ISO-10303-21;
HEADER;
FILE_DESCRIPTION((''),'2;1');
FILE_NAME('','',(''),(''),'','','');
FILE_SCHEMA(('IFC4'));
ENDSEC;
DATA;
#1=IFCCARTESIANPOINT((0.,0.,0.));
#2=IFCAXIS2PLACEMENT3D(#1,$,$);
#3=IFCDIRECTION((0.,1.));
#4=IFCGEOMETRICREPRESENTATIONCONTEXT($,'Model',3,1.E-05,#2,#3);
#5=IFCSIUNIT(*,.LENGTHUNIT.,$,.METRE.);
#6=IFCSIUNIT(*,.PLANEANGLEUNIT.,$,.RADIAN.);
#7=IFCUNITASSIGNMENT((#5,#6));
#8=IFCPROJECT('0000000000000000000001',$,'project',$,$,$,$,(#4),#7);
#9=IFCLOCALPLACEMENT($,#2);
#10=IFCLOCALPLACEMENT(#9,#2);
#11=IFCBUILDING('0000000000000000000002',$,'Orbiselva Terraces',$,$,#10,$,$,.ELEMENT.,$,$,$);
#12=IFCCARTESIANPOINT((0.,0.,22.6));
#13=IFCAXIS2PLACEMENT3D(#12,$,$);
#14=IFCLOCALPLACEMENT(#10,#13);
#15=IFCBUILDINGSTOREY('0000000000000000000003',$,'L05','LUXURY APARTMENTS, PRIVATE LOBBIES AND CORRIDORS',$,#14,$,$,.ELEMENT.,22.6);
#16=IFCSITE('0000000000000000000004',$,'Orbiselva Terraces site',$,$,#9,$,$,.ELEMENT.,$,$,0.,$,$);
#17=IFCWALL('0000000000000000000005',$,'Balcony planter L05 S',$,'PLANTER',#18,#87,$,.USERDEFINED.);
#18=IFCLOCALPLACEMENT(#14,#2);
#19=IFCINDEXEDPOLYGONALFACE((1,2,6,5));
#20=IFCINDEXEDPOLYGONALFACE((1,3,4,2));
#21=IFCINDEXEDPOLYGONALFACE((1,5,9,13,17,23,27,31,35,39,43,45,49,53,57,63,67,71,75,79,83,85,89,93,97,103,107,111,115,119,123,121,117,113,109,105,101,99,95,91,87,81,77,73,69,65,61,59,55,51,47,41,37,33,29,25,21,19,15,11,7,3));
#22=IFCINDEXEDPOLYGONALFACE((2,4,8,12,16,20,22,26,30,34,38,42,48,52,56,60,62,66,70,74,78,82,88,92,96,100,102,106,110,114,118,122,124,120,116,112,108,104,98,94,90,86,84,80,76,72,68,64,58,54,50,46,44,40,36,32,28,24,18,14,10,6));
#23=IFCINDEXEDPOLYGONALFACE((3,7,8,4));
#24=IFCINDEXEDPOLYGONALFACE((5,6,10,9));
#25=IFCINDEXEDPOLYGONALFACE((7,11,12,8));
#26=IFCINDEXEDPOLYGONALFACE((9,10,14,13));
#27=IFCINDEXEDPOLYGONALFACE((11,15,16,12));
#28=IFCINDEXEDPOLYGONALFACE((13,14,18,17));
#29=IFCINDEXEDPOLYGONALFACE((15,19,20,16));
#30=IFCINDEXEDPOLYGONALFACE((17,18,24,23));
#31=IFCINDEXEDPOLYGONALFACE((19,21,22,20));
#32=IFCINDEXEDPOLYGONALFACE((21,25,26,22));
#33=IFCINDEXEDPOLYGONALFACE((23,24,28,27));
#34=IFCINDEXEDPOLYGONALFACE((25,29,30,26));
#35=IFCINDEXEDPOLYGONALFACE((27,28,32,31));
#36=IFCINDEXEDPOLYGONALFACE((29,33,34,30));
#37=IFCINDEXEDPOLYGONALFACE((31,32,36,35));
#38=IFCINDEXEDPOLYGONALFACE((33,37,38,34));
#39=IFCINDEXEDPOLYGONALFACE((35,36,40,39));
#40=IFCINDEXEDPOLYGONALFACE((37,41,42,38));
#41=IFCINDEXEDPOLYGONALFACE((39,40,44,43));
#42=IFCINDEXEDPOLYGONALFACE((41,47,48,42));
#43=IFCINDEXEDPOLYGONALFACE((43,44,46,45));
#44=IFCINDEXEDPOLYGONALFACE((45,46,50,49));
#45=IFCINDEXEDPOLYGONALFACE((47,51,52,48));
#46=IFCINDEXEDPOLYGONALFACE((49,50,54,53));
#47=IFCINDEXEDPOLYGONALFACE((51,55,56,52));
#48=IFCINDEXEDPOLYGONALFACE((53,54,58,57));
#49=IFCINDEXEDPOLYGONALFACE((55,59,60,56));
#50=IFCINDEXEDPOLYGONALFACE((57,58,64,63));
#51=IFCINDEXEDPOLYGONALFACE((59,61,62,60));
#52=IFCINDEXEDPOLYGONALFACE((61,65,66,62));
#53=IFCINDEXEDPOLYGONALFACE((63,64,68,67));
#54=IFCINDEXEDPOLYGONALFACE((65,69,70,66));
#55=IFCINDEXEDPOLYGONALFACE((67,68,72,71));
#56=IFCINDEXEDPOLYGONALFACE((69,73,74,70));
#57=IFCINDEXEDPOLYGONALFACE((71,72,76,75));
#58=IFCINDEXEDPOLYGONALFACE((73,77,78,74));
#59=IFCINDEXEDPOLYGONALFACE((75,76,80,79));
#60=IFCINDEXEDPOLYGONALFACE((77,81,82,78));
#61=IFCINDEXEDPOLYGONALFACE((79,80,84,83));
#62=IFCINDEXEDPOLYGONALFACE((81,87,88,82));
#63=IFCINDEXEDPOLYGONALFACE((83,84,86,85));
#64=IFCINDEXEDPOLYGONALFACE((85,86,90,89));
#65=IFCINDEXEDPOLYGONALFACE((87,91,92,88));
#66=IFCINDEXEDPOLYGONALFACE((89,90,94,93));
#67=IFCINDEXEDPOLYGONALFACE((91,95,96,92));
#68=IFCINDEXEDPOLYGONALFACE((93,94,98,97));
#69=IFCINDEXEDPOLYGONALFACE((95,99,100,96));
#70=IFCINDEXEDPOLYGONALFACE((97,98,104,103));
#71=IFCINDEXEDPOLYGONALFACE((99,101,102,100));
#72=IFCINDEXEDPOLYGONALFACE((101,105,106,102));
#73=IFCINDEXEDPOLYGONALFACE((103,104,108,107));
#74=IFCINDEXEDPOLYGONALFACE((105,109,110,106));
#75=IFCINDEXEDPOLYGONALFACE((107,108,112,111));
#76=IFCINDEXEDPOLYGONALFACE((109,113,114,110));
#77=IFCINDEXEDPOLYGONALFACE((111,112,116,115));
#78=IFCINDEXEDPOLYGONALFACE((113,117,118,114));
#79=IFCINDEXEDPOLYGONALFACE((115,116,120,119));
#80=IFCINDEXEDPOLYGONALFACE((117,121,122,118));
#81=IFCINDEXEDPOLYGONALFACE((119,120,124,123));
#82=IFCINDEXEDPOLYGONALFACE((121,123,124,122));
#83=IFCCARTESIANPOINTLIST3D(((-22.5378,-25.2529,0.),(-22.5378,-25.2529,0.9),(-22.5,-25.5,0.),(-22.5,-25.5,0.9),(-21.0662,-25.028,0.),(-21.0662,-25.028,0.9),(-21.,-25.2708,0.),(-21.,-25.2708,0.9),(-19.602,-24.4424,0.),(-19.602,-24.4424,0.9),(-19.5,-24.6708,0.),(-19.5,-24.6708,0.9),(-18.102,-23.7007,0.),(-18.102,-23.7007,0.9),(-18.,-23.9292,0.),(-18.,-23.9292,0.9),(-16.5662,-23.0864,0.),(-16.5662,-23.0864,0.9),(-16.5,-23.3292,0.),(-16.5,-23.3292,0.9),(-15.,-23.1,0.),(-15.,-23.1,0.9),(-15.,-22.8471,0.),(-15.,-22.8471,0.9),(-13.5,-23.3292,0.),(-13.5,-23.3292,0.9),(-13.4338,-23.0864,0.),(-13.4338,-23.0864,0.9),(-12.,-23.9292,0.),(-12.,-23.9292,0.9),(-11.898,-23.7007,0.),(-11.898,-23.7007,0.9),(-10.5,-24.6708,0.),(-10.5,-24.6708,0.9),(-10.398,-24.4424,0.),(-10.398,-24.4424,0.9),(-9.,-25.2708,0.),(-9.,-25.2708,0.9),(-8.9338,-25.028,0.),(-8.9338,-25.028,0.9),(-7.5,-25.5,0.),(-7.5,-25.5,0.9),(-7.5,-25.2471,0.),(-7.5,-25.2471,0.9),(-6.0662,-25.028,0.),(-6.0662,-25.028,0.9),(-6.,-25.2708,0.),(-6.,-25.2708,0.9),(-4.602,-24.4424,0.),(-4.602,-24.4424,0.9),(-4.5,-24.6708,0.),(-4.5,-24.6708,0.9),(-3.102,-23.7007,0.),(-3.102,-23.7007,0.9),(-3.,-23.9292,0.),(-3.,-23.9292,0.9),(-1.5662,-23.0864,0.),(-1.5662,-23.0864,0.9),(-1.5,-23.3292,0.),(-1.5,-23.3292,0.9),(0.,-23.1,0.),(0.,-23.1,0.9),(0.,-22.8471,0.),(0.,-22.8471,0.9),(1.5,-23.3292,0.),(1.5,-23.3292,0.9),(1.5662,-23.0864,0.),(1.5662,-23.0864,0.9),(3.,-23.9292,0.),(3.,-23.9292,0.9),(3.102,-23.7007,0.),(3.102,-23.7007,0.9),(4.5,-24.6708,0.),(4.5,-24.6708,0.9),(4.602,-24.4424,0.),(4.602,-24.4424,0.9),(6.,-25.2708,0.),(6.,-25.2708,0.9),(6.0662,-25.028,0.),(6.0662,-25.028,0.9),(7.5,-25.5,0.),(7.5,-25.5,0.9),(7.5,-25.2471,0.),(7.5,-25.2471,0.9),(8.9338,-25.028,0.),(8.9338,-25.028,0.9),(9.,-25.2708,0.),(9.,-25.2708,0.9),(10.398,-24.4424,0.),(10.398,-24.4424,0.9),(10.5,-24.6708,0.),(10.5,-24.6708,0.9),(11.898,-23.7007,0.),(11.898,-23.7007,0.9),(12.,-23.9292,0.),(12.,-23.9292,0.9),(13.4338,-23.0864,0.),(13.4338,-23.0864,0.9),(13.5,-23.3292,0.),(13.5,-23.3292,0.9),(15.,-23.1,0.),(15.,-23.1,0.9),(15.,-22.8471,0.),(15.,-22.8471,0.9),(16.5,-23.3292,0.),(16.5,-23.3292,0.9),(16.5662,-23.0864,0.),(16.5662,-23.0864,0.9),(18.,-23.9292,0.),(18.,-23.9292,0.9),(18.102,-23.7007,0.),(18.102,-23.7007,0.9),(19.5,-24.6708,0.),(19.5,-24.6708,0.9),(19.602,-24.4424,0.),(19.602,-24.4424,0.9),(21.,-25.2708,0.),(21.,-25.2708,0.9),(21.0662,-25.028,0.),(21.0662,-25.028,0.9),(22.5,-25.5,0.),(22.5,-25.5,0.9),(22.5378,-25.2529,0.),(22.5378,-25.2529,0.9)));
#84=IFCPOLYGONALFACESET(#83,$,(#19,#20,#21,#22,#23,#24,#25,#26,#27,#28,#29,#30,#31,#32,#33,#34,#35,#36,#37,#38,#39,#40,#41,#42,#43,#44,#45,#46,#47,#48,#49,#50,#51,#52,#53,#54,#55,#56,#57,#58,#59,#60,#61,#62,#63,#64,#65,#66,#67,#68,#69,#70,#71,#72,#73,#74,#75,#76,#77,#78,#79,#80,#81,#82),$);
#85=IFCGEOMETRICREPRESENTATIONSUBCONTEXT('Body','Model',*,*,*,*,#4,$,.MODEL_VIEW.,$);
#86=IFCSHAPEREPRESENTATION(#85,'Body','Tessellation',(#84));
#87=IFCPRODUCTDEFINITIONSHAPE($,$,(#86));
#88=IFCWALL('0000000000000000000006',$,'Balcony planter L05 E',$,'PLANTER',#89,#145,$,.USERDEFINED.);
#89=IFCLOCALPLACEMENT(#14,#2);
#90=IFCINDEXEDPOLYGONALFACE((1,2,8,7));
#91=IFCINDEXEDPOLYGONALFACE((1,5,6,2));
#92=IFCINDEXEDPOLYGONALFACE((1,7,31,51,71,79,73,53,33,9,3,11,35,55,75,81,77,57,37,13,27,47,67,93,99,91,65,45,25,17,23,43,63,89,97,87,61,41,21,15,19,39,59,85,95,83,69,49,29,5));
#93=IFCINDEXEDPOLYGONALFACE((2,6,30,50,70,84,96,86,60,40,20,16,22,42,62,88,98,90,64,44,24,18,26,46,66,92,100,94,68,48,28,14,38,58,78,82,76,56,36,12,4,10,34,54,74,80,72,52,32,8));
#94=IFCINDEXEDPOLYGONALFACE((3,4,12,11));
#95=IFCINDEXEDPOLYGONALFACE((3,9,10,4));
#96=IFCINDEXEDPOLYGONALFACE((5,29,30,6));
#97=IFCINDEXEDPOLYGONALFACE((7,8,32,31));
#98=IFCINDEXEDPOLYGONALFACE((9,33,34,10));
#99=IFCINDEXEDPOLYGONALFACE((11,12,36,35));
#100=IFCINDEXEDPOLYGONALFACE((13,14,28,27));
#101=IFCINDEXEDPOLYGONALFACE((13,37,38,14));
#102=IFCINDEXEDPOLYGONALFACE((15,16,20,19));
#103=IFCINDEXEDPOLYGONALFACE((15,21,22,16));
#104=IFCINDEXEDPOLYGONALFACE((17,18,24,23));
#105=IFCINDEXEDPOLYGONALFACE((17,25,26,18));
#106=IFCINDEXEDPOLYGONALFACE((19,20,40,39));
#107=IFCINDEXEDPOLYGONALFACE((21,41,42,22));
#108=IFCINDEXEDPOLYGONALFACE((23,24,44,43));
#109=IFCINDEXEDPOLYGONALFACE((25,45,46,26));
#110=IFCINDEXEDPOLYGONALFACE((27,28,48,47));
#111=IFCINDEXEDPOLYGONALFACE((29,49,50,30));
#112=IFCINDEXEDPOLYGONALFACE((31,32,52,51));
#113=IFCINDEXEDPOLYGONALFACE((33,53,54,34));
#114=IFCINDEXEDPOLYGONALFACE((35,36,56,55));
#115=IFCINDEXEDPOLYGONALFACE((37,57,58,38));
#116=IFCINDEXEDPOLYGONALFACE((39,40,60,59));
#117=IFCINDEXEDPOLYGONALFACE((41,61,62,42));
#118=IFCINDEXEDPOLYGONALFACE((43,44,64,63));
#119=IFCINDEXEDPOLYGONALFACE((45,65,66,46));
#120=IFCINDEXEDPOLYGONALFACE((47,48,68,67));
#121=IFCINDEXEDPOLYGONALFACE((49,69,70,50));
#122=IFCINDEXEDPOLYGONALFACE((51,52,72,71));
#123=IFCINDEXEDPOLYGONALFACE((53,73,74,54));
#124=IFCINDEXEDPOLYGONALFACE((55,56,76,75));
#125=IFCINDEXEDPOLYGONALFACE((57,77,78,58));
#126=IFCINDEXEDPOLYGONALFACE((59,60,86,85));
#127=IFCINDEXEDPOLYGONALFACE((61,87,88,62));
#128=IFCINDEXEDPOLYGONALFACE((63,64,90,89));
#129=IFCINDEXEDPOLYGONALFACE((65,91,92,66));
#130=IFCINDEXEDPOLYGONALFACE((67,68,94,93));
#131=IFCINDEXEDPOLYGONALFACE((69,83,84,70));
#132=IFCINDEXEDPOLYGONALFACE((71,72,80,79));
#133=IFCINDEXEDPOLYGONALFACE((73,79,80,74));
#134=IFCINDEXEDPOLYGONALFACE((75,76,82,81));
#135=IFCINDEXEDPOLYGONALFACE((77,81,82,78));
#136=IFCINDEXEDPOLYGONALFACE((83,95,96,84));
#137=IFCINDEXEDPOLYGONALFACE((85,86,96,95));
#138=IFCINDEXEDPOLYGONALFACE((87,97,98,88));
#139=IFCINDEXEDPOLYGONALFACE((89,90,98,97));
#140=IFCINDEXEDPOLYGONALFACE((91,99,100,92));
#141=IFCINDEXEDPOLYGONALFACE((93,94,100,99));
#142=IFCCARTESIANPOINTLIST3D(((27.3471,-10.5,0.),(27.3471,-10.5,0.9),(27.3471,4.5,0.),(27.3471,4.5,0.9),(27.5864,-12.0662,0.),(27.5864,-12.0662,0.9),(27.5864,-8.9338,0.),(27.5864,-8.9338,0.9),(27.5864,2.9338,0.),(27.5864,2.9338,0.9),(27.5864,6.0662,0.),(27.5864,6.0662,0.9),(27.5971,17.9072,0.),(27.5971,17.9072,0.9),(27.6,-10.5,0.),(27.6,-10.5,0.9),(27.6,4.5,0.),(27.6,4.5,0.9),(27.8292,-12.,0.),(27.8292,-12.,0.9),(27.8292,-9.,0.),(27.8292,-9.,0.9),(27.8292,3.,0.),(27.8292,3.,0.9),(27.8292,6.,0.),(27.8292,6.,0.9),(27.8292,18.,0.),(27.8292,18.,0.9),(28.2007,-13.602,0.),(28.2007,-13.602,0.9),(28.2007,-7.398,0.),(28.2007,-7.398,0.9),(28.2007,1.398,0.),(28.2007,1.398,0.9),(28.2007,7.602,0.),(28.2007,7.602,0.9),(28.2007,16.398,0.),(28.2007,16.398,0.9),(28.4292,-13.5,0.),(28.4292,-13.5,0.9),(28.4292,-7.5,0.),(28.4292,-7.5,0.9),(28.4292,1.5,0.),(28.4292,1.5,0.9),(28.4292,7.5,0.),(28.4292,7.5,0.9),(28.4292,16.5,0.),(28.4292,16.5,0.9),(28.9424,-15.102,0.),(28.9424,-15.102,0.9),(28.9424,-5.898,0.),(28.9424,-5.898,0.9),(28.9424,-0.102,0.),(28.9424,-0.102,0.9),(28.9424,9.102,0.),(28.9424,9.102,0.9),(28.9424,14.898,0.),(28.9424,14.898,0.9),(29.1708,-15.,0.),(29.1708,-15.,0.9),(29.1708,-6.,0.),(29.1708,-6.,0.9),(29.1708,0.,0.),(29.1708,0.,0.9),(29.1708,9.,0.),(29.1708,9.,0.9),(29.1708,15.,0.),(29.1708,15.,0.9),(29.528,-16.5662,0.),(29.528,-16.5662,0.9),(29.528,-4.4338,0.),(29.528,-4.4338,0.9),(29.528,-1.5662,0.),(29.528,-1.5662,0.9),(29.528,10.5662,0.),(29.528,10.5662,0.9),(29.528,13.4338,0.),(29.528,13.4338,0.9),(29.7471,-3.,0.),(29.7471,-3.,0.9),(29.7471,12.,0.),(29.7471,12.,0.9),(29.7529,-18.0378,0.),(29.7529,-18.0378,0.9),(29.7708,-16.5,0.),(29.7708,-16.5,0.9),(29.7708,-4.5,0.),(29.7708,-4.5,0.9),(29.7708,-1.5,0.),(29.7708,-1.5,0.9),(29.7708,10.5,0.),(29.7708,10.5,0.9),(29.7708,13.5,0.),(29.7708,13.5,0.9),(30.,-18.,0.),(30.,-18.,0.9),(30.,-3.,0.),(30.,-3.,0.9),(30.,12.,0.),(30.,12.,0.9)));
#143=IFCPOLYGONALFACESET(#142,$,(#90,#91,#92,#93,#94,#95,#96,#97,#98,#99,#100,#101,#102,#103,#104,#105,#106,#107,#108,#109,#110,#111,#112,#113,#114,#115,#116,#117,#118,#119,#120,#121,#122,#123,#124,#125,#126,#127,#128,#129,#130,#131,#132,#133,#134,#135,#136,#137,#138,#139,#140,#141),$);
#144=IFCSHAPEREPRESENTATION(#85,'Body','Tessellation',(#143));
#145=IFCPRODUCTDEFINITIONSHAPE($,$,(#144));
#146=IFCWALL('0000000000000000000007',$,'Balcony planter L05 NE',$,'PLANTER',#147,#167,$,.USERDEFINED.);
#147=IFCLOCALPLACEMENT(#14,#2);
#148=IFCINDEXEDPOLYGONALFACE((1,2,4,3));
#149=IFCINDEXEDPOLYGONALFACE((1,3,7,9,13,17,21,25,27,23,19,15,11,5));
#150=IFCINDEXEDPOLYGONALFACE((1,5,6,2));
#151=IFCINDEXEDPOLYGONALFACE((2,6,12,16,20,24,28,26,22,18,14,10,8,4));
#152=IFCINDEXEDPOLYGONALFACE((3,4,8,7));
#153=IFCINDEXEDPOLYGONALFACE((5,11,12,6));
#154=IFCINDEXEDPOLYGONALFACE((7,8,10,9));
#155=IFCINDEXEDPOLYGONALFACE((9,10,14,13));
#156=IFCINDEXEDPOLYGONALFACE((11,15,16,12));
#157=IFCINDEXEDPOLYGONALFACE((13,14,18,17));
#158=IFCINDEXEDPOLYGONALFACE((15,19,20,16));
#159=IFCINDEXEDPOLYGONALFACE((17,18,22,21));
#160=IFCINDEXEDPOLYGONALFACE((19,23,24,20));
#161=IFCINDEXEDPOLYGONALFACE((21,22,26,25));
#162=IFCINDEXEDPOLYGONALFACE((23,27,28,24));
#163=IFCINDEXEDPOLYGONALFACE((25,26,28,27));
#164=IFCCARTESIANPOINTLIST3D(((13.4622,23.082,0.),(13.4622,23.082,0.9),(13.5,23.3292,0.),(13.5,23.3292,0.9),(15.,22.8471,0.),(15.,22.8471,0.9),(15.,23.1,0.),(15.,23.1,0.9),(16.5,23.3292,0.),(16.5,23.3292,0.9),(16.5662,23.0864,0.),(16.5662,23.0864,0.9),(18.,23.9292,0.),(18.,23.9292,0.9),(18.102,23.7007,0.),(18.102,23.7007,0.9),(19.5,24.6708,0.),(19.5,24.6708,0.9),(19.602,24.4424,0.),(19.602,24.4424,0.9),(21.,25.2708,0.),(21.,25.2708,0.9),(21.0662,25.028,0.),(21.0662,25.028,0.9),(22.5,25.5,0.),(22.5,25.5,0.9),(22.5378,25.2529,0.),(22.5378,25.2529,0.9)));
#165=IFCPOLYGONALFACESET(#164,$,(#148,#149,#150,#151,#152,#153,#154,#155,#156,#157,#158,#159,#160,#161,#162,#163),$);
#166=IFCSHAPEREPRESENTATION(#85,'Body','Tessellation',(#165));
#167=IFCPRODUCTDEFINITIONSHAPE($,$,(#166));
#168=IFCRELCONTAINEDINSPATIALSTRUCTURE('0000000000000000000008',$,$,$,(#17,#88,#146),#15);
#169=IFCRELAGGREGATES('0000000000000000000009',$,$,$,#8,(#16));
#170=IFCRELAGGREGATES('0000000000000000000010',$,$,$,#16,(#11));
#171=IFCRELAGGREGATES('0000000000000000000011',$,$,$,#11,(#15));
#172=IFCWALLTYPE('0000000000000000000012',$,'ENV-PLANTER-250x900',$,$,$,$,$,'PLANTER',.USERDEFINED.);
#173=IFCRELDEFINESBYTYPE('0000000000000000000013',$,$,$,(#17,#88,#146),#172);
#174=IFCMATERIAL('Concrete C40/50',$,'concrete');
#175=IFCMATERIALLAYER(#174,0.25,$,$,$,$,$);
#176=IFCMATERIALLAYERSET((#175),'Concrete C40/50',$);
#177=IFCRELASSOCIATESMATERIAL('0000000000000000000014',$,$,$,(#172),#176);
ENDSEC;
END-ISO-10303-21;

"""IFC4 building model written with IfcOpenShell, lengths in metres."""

from ifc_helpers import new_model, si_unit, direction, frame, origin, place, context, subcontext, project, spatial, polyline, outline, extrude, material, layer, layer_set, type_object, element, save


model = new_model("IFC4")

# Units and contexts
model_context = context("Model", 3, precision=1e-05, world=origin(), true_north=direction((0.0, 1.0)))
body_context = subcontext(model_context, "Body", "Model", "MODEL_VIEW")
ifc_project = project(units=[si_unit("LENGTHUNIT", "METRE"), si_unit("PLANEANGLEUNIT", "RADIAN")], contexts=[model_context])

# Site, building, storey
site_placement = place(None, origin())
site = spatial("IfcSite", under=ifc_project, at=site_placement, Name="Orbiselva Terraces site", CompositionType="ELEMENT", RefElevation=0.0)
building_placement = place(site_placement, origin())
building = spatial("IfcBuilding", under=site, at=building_placement, Name="Orbiselva Terraces", CompositionType="ELEMENT")
storey_placement = place(building_placement, frame((0.0, 0.0, 22.6)))
storey = spatial("IfcBuildingStorey", under=building, at=storey_placement, Name="L05", Description="LUXURY APARTMENTS, PRIVATE LOBBIES AND CORRIDORS", CompositionType="ELEMENT", Elevation=22.6)

# Shared definitions
ifc_material_1 = material(Name="Concrete C40/50", Category="concrete")

# Walls
ifc_layer_1 = layer(ifc_material_1, 0.25)
ifc_layer_set_1 = layer_set([ifc_layer_1], Name="Concrete C40/50")
wall_type_1 = type_object("IfcWallType", Name="ENV-PLANTER-250x900", ElementType="PLANTER", PredefinedType="USERDEFINED", material=ifc_layer_set_1)
wall_1_placement = place(storey_placement, origin())
element("IfcWall", 1, at=wall_1_placement, inside=storey, type_object=wall_type_1, Name="Balcony planter L05 S", ObjectType="PLANTER", PredefinedType="USERDEFINED", context=body_context, shape_type="SweptSolid", body=[
    extrude(outline(polyline([(-22.5, -25.5), (-21.0, -25.2708), (-19.5, -24.6708), (-18.0, -23.9292), (-16.5, -23.3292), (-15.0, -23.1), (-13.5, -23.3292), (-12.0, -23.9292), (-10.5, -24.6708), (-9.0, -25.2708), (-7.5, -25.5), (-6.0, -25.2708), (-4.5, -24.6708), (-3.0, -23.9292), (-1.5, -23.3292), (0.0, -23.1), (1.5, -23.3292), (3.0, -23.9292), (4.5, -24.6708), (6.0, -25.2708), (7.5, -25.5), (9.0, -25.2708), (10.5, -24.6708), (12.0, -23.9292), (13.5, -23.3292), (15.0, -23.1), (16.5, -23.3292), (18.0, -23.9292), (19.5, -24.6708), (21.0, -25.2708), (22.5, -25.5), (22.5378, -25.2529), (21.0662, -25.028), (19.602, -24.4424), (18.102, -23.7007), (16.5662, -23.0864), (15.0, -22.8471), (13.4338, -23.0864), (11.898, -23.7007), (10.398, -24.4424), (8.9338, -25.028), (7.5, -25.2471), (6.0662, -25.028), (4.602, -24.4424), (3.102, -23.7007), (1.5662, -23.0864), (0.0, -22.8471), (-1.5662, -23.0864), (-3.102, -23.7007), (-4.602, -24.4424), (-6.0662, -25.028), (-7.5, -25.2471), (-8.9338, -25.028), (-10.398, -24.4424), (-11.898, -23.7007), (-13.4338, -23.0864), (-15.0, -22.8471), (-16.5662, -23.0864), (-18.102, -23.7007), (-19.602, -24.4424), (-21.0662, -25.028), (-22.5378, -25.2529), (-22.5, -25.5)])), origin(), (0.0, 0.0, 1.0), 0.9),
])
wall_2_placement = place(storey_placement, origin())
element("IfcWall", 2, at=wall_2_placement, inside=storey, type_object=wall_type_1, Name="Balcony planter L05 E", ObjectType="PLANTER", PredefinedType="USERDEFINED", context=body_context, shape_type="SweptSolid", body=[
    extrude(outline(polyline([(30.0, -18.0), (29.7708, -16.5), (29.1708, -15.0), (28.4292, -13.5), (27.8292, -12.0), (27.6, -10.5), (27.8292, -9.0), (28.4292, -7.5), (29.1708, -6.0), (29.7708, -4.5), (30.0, -3.0), (29.7708, -1.5), (29.1708, 0.0), (28.4292, 1.5), (27.8292, 3.0), (27.6, 4.5), (27.8292, 6.0), (28.4292, 7.5), (29.1708, 9.0), (29.7708, 10.5), (30.0, 12.0), (29.7708, 13.5), (29.1708, 15.0), (28.4292, 16.5), (27.8292, 18.0), (27.5971, 17.9072), (28.2007, 16.398), (28.9424, 14.898), (29.528, 13.4338), (29.7471, 12.0), (29.528, 10.5662), (28.9424, 9.102), (28.2007, 7.602), (27.5864, 6.0662), (27.3471, 4.5), (27.5864, 2.9338), (28.2007, 1.398), (28.9424, -0.102), (29.528, -1.5662), (29.7471, -3.0), (29.528, -4.4338), (28.9424, -5.898), (28.2007, -7.398), (27.5864, -8.9338), (27.3471, -10.5), (27.5864, -12.0662), (28.2007, -13.602), (28.9424, -15.102), (29.528, -16.5662), (29.7529, -18.0378), (30.0, -18.0)])), origin(), (0.0, 0.0, 1.0), 0.9),
])
wall_3_placement = place(storey_placement, origin())
element("IfcWall", 3, at=wall_3_placement, inside=storey, type_object=wall_type_1, Name="Balcony planter L05 NE", ObjectType="PLANTER", PredefinedType="USERDEFINED", context=body_context, shape_type="SweptSolid", body=[
    extrude(outline(polyline([(22.5, 25.5), (21.0, 25.2708), (19.5, 24.6708), (18.0, 23.9292), (16.5, 23.3292), (15.0, 23.1), (13.5, 23.3292), (13.4622, 23.082), (15.0, 22.8471), (16.5662, 23.0864), (18.102, 23.7007), (19.602, 24.4424), (21.0662, 25.028), (22.5378, 25.2529), (22.5, 25.5)])), origin(), (0.0, 0.0, 1.0), 0.9),
])

save(model, "model.ifc")
